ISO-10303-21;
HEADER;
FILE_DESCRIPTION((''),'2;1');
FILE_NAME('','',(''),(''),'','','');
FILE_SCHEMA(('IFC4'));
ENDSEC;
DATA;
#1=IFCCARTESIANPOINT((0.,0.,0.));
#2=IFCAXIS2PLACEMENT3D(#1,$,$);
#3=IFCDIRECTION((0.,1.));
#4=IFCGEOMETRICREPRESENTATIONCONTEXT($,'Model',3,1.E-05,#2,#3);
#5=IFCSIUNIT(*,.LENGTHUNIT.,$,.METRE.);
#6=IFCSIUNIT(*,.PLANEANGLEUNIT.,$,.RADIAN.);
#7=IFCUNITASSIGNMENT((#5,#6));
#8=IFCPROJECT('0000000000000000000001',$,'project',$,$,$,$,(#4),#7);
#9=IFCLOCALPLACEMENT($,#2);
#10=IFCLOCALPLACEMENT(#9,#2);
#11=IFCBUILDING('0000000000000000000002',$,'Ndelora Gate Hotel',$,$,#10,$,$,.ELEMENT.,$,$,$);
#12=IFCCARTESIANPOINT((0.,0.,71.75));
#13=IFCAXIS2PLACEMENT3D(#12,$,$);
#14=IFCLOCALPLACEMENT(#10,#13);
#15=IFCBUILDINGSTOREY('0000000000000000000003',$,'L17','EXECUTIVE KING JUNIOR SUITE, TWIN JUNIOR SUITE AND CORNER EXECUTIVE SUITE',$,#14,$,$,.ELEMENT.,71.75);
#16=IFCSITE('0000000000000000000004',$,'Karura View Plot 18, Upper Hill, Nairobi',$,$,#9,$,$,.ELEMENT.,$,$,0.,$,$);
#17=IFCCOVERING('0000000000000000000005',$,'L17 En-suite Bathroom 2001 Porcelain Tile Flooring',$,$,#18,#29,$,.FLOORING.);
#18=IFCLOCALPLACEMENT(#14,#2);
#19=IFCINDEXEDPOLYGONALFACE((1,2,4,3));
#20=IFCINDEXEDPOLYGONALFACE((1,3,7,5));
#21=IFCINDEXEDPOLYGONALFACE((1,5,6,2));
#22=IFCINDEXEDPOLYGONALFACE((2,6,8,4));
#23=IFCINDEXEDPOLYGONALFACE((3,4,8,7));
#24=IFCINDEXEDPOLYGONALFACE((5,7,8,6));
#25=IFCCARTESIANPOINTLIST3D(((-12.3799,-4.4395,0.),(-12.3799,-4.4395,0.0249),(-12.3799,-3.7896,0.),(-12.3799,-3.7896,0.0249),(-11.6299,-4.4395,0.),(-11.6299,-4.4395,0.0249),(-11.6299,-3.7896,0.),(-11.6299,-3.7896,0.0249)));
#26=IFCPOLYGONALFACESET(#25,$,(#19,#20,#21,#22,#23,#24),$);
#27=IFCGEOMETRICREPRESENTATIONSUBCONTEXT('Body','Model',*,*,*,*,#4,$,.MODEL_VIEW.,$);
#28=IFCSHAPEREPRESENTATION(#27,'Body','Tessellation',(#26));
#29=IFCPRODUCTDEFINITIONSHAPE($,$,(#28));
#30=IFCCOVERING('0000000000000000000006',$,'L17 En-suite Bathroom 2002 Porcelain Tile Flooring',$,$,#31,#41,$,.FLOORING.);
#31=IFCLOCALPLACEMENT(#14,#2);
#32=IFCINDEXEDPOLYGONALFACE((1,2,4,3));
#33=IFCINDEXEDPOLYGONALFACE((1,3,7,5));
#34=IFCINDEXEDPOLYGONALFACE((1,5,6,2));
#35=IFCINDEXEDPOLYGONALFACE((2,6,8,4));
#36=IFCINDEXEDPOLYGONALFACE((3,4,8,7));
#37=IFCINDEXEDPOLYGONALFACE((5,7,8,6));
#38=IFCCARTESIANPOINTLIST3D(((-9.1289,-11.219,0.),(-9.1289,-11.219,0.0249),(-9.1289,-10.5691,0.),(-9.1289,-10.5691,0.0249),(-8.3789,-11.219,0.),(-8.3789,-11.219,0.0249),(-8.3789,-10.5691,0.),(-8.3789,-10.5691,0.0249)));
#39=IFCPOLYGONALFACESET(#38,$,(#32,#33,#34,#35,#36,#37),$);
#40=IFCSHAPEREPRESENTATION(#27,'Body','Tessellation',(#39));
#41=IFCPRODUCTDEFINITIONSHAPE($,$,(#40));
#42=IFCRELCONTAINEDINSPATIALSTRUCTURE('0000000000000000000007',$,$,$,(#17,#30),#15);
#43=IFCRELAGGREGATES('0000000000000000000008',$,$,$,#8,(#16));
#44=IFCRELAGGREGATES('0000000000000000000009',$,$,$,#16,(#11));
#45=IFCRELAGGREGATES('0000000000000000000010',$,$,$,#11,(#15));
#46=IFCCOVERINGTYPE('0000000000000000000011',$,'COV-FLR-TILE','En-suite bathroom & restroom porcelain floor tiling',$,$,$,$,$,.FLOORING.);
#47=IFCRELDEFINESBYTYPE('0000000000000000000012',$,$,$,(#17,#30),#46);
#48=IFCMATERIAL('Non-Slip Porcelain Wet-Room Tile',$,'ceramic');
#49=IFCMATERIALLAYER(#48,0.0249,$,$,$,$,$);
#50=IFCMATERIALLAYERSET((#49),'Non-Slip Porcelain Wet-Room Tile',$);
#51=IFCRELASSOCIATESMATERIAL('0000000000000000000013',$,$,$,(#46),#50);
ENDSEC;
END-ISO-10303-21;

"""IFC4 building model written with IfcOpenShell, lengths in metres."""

from ifc_helpers import new_model, si_unit, direction, frame, origin, origin_2d, place, context, subcontext, project, spatial, rectangle, extrude, material, layer, layer_set, type_object, element, save


model = new_model("IFC4")

# Units and contexts
model_context = context("Model", 3, precision=1e-05, world=origin(), true_north=direction((0.0, 1.0)))
body_context = subcontext(model_context, "Body", "Model", "MODEL_VIEW")
ifc_project = project(units=[si_unit("LENGTHUNIT", "METRE"), si_unit("PLANEANGLEUNIT", "RADIAN")], contexts=[model_context])

# Site, building, storey
site_placement = place(None, origin())
site = spatial("IfcSite", under=ifc_project, at=site_placement, Name="Karura View Plot 18, Upper Hill, Nairobi", CompositionType="ELEMENT", RefElevation=0.0)
building_placement = place(site_placement, origin())
building = spatial("IfcBuilding", under=site, at=building_placement, Name="Ndelora Gate Hotel", CompositionType="ELEMENT")
storey_placement = place(building_placement, frame((0.0, 0.0, 71.75)))
storey = spatial("IfcBuildingStorey", under=building, at=storey_placement, Name="L17", Description="EXECUTIVE KING JUNIOR SUITE, TWIN JUNIOR SUITE AND CORNER EXECUTIVE SUITE", CompositionType="ELEMENT", Elevation=71.75)

# Coverings
ifc_material_1 = material(Name="Non-Slip Porcelain Wet-Room Tile", Category="ceramic")
ifc_layer_1 = layer(ifc_material_1, 0.0249)
ifc_layer_set_1 = layer_set([ifc_layer_1], Name="Non-Slip Porcelain Wet-Room Tile")
covering_type_1 = type_object("IfcCoveringType", Name="COV-FLR-TILE", Description="En-suite bathroom & restroom porcelain floor tiling", PredefinedType="FLOORING", material=ifc_layer_set_1)
for number, where, z_axis, x_axis, name in (
    (1, (-12.0049, -4.1145, 0.0), (0.0, 0.0, 1.0), (1.0, 0.0, 0.0), "L17 En-suite Bathroom 2001 Porcelain Tile Flooring"),
    (2, (-8.7539, -10.894, 0.0), (0.0, 0.0, 1.0), (1.0, 0.0, 0.0), "L17 En-suite Bathroom 2002 Porcelain Tile Flooring"),
):
    element("IfcCovering", number, at=place(storey_placement, frame(where, z_axis=z_axis, x_axis=x_axis)), inside=storey, type_object=covering_type_1, Name=name, PredefinedType="FLOORING", context=body_context, shape_type="SweptSolid", body=[
        extrude(rectangle(XDim=0.75, YDim=0.6499, at=origin_2d()), origin(), (0.0, 0.0, 1.0), 0.0249),
    ])

save(model, "model.ifc")
